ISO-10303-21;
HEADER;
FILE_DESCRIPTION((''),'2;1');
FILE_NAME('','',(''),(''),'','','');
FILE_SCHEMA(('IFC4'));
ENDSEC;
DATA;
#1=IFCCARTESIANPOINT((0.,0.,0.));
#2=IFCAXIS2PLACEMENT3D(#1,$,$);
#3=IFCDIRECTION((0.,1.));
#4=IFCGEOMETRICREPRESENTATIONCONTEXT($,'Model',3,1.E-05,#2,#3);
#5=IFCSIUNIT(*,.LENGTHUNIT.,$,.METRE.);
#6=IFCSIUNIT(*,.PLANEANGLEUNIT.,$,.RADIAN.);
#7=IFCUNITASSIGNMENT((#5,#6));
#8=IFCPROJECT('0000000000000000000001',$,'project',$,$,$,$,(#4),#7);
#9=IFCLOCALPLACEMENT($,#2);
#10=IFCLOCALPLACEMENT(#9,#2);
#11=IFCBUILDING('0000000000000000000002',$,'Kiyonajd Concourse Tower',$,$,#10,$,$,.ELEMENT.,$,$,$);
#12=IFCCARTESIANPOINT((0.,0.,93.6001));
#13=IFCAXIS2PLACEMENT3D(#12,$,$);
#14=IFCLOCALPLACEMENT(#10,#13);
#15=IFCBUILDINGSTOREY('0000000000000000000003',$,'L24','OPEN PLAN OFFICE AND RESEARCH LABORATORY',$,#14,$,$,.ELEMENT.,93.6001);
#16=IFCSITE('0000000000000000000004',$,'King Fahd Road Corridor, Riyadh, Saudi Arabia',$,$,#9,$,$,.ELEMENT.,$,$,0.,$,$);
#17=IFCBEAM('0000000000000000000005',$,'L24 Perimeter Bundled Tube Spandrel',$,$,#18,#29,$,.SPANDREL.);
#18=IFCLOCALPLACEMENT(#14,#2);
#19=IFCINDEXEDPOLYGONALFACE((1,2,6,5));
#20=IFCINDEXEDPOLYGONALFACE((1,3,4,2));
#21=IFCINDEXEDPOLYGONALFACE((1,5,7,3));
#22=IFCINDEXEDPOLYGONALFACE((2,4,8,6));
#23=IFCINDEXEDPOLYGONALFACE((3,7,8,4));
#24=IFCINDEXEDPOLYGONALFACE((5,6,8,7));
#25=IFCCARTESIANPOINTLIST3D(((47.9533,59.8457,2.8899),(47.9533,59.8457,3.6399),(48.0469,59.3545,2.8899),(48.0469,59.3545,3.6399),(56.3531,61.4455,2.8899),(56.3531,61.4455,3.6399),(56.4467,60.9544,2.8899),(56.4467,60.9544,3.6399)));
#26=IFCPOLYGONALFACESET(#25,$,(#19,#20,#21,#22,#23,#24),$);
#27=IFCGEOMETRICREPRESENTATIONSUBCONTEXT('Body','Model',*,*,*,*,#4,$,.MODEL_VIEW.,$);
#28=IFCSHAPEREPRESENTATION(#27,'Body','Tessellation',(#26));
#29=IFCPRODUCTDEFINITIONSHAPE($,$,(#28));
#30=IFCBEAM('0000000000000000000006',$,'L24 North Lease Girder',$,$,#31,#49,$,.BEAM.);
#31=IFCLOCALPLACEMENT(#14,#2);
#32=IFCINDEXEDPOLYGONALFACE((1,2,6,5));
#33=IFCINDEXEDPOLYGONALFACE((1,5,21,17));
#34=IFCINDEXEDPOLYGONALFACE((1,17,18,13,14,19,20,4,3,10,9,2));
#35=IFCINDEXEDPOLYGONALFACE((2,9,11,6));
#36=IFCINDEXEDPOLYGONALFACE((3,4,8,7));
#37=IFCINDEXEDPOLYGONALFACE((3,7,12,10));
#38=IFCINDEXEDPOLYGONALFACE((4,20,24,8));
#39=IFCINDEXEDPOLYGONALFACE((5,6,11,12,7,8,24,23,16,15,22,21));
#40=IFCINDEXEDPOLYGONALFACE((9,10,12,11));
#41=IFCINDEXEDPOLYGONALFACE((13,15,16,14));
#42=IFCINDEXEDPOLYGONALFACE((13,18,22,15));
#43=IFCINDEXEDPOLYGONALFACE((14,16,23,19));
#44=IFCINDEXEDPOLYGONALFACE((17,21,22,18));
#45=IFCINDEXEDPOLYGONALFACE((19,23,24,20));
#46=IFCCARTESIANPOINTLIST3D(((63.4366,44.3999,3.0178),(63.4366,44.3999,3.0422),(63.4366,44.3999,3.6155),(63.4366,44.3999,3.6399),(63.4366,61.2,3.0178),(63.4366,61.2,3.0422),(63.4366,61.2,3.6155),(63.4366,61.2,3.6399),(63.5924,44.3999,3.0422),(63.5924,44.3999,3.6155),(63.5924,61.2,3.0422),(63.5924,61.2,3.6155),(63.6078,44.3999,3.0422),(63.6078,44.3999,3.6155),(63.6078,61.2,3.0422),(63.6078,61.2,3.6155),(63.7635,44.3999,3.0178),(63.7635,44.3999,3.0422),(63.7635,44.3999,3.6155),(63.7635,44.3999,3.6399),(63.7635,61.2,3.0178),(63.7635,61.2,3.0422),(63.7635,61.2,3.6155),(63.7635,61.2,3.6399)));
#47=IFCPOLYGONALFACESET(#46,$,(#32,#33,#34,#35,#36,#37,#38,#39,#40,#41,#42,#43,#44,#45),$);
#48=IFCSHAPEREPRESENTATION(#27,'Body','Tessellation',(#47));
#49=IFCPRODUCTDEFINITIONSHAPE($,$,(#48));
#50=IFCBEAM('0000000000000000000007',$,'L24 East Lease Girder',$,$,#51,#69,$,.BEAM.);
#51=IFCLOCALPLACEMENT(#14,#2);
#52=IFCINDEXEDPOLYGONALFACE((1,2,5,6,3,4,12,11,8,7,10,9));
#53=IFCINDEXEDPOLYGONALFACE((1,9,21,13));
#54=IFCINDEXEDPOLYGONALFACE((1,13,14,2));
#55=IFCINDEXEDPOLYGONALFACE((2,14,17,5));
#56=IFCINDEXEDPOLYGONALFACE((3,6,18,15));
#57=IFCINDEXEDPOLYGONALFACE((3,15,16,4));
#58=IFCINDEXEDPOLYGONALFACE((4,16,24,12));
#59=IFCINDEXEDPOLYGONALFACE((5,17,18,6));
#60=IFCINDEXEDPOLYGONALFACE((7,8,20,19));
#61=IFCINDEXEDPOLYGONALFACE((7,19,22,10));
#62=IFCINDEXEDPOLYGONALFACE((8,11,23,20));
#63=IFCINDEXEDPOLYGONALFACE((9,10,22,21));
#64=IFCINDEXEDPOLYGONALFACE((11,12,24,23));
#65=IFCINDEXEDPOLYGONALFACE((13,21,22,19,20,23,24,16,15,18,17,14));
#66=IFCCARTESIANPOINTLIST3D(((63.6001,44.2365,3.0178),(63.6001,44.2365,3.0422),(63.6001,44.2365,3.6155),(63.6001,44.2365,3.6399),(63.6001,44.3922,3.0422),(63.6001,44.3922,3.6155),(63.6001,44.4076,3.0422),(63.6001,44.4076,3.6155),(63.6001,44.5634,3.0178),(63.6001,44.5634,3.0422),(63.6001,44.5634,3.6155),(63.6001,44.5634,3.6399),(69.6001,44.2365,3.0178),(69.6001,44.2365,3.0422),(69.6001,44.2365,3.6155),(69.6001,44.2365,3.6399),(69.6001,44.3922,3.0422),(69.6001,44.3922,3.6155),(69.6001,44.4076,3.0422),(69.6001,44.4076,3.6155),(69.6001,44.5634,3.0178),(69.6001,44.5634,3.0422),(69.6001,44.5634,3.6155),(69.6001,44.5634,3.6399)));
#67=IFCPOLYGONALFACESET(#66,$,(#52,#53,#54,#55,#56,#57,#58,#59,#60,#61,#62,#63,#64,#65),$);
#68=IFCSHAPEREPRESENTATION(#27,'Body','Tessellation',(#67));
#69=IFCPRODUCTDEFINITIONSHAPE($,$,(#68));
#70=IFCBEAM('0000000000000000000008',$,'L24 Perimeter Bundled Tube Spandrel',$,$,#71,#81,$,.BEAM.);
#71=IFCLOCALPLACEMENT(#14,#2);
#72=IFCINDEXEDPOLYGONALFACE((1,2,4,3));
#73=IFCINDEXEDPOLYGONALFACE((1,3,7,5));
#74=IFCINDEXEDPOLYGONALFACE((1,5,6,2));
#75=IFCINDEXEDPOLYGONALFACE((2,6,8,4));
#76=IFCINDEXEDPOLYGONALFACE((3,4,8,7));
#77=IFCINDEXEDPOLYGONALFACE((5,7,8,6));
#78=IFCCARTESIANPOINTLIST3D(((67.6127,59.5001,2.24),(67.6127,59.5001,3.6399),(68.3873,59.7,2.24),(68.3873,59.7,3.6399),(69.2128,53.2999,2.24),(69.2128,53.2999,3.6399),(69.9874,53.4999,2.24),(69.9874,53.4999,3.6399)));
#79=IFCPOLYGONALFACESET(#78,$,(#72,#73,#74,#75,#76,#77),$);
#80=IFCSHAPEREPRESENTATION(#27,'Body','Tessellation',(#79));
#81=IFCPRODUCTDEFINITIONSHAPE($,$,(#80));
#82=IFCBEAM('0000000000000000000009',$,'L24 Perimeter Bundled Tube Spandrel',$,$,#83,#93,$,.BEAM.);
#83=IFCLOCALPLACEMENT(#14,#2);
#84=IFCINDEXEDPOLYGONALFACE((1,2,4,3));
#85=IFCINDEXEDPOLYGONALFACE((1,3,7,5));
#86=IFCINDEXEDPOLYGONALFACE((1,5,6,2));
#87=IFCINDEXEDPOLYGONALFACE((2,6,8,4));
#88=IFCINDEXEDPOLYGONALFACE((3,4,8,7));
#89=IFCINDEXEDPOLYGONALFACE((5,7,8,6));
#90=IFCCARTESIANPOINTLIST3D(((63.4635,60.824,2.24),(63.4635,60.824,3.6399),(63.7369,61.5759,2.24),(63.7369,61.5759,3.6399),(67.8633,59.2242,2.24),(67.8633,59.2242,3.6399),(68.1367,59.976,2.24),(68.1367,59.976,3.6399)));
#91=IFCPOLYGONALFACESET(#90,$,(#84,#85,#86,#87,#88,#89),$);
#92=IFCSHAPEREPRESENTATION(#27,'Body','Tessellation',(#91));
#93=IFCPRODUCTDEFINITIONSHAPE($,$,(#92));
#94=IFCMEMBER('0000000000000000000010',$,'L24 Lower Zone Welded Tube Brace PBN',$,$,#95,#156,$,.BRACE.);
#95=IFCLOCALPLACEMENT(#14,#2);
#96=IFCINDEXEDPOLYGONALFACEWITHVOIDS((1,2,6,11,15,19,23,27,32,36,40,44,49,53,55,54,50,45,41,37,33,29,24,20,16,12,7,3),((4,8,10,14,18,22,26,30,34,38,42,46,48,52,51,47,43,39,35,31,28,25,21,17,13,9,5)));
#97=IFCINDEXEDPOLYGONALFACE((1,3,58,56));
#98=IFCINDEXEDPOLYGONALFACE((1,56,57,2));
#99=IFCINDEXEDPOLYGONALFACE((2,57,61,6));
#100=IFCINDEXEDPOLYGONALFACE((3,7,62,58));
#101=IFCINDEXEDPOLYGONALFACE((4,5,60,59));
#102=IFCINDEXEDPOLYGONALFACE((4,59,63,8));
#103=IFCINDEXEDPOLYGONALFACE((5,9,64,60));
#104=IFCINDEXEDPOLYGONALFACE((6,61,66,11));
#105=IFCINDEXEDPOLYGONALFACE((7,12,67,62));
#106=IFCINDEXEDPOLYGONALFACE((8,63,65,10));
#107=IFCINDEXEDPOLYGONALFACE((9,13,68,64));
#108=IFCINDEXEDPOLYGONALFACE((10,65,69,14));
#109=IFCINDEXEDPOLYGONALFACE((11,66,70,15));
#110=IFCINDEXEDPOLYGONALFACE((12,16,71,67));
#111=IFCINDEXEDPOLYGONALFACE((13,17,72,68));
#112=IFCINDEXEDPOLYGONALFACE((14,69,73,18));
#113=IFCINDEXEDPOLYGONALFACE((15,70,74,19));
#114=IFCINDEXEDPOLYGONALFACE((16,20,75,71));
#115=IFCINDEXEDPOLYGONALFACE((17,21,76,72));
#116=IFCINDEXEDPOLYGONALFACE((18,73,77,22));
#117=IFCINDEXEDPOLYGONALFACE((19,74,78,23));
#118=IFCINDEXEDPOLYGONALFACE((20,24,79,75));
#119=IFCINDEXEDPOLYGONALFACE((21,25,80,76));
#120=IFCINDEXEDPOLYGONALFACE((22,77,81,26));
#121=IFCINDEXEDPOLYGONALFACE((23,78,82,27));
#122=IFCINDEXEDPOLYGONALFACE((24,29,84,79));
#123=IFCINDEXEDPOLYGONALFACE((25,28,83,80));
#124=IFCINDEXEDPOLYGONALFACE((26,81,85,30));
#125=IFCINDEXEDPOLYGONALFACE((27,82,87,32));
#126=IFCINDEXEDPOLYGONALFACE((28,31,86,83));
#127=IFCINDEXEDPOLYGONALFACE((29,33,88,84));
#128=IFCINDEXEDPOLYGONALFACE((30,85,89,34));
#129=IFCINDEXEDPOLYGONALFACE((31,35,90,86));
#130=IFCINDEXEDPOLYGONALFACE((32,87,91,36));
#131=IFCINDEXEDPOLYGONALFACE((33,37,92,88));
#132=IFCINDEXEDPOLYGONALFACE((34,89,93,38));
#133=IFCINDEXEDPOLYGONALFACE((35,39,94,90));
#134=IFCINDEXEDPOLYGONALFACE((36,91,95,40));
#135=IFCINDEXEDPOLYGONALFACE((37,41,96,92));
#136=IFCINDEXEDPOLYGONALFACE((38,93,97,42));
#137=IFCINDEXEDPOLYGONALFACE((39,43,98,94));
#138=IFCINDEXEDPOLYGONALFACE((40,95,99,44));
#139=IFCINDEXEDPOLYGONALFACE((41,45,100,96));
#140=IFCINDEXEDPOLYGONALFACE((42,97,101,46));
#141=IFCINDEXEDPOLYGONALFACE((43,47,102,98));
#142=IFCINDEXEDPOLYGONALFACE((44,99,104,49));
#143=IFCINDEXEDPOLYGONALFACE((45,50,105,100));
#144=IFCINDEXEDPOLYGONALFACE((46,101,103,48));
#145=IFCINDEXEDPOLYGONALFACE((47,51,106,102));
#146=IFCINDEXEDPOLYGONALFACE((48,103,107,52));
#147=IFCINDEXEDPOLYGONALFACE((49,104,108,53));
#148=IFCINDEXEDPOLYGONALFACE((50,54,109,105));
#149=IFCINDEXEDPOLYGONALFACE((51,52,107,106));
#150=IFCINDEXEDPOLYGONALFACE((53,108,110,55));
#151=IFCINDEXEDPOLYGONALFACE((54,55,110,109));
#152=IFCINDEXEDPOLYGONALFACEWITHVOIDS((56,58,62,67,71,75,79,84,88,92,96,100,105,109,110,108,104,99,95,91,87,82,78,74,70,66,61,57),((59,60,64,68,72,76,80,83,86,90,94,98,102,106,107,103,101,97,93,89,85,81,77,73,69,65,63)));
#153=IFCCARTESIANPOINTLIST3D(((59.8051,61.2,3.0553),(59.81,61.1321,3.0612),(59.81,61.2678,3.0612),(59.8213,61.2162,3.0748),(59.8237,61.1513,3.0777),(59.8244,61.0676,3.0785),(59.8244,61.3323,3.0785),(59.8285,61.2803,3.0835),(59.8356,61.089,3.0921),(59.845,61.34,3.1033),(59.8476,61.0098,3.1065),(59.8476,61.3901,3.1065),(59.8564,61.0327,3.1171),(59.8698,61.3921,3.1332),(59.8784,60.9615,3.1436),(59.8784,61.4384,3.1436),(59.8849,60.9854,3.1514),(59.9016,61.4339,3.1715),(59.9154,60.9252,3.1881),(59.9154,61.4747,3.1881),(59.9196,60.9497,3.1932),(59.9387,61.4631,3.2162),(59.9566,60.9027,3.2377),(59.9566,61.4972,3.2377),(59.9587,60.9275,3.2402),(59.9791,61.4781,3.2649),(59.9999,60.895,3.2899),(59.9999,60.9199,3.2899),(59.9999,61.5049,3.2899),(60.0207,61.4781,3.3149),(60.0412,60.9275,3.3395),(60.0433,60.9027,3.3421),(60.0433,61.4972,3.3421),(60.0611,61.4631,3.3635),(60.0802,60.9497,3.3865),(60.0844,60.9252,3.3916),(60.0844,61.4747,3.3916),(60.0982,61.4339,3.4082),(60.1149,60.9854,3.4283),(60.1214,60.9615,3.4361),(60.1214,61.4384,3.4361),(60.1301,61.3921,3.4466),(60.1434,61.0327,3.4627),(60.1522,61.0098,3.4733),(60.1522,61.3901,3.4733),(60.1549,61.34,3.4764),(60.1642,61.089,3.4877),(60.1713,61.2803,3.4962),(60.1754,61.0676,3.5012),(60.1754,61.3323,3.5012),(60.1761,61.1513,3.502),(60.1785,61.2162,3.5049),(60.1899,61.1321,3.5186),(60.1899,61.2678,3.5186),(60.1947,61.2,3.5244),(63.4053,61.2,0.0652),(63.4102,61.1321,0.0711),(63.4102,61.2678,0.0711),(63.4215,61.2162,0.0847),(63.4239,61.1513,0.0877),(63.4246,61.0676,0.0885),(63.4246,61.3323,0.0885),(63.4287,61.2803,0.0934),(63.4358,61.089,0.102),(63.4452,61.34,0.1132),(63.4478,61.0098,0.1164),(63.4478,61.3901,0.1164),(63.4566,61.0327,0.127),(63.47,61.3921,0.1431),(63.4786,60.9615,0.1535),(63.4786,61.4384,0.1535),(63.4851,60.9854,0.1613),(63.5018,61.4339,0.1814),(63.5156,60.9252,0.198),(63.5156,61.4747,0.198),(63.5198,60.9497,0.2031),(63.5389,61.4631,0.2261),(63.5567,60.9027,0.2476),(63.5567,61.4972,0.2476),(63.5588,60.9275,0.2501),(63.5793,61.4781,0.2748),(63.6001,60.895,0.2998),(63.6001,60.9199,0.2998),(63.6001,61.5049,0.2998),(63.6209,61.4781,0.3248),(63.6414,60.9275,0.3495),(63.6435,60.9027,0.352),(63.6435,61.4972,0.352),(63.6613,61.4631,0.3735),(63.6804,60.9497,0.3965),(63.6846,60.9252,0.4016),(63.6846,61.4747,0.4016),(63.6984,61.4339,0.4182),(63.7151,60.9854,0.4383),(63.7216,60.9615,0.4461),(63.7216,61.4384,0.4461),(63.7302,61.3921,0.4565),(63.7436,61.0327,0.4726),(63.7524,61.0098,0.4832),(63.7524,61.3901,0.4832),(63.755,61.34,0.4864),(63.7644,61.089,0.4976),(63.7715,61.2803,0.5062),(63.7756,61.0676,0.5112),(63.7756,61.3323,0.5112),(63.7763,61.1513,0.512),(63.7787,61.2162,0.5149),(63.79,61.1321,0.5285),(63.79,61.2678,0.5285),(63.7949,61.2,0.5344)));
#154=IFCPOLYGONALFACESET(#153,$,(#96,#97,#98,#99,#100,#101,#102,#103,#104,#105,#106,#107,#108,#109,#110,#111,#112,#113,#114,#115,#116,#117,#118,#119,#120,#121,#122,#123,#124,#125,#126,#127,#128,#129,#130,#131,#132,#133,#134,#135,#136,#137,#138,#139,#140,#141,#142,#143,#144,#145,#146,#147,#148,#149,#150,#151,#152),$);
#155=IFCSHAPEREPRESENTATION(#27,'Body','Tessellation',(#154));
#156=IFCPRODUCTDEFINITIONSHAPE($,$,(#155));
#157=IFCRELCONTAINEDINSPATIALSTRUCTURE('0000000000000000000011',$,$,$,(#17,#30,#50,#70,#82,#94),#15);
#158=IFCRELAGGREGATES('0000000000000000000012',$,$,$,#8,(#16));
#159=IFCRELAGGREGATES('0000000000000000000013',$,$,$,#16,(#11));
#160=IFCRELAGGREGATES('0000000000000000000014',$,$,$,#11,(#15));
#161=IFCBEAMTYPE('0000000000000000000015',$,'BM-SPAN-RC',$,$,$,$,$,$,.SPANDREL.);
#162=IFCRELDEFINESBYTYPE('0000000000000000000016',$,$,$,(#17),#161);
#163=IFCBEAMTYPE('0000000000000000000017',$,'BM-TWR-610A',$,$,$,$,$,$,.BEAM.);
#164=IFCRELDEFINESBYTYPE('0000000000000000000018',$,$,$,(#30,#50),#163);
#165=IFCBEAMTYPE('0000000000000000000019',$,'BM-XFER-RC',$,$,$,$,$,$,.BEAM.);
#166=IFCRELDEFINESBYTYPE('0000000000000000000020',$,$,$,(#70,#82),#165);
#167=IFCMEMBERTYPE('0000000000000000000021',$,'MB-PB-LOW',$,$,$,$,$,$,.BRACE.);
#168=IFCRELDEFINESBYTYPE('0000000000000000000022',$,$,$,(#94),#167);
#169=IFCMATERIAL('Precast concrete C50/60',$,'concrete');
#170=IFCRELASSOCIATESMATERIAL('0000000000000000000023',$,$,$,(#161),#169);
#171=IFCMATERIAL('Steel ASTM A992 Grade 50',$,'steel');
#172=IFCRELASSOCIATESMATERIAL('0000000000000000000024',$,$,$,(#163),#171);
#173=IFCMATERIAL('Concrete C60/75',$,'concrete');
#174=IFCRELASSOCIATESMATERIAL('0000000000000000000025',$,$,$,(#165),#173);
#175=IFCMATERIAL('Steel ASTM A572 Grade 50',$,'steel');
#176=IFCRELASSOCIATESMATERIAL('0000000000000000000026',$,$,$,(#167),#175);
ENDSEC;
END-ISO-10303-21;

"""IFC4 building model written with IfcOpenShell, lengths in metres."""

from ifc_helpers import new_model, si_unit, direction, frame, origin, origin_2d, place, context, subcontext, project, spatial, rectangle, hollow_circle, i_section, extrude, material, material_profile, profile_set, type_object, element, save


model = new_model("IFC4")

# Units and contexts
model_context = context("Model", 3, precision=1e-05, world=origin(), true_north=direction((0.0, 1.0)))
body_context = subcontext(model_context, "Body", "Model", "MODEL_VIEW")
ifc_project = project(units=[si_unit("LENGTHUNIT", "METRE"), si_unit("PLANEANGLEUNIT", "RADIAN")], contexts=[model_context])

# Site, building, storey
site_placement = place(None, origin())
site = spatial("IfcSite", under=ifc_project, at=site_placement, Name="King Fahd Road Corridor, Riyadh, Saudi Arabia", CompositionType="ELEMENT", RefElevation=0.0)
building_placement = place(site_placement, origin())
building = spatial("IfcBuilding", under=site, at=building_placement, Name="Kiyonajd Concourse Tower", CompositionType="ELEMENT")
storey_placement = place(building_placement, frame((0.0, 0.0, 93.6001)))
storey = spatial("IfcBuildingStorey", under=building, at=storey_placement, Name="L24", Description="OPEN PLAN OFFICE AND RESEARCH LABORATORY", CompositionType="ELEMENT", Elevation=93.6001)

# Beams
ifc_material_1 = material(Name="Steel ASTM A992 Grade 50", Category="steel")
ifc_material_2 = material(Name="Precast concrete C50/60", Category="concrete")
ifc_material_profile_1 = material_profile(ifc_material_2, rectangle(XDim=0.5, YDim=0.75, at=origin_2d()), Name="RCBM-500x750")
ifc_profile_set_1 = profile_set([ifc_material_profile_1], Name="Precast concrete C50/60")
beam_type_1 = type_object("IfcBeamType", Name="BM-SPAN-RC", PredefinedType="SPANDREL", material=ifc_profile_set_1)
beam_1_placement = place(storey_placement, frame((56.3999, 61.2, 3.2649), z_axis=(-0.982341, -0.187098, 0.0), x_axis=(0.187098, -0.982341, 0.0)))
element("IfcBeam", 1, at=beam_1_placement, inside=storey, type_object=beam_type_1, Name="L24 Perimeter Bundled Tube Spandrel", PredefinedType="SPANDREL", context=body_context, shape_type="SweptSolid", body=[
    extrude(rectangle(XDim=0.5, YDim=0.75, at=origin_2d()), origin(), (0.0, 0.0, 1.0), 8.5508),
])
ifc_material_profile_2 = material_profile(ifc_material_1, i_section(OverallWidth=0.3269, OverallDepth=0.6221, WebThickness=0.0154, FlangeThickness=0.0244, at=origin_2d()), Name="W610X195")
ifc_profile_set_2 = profile_set([ifc_material_profile_2], Name="Steel ASTM A992 Grade 50")
beam_type_2 = type_object("IfcBeamType", Name="BM-TWR-610A", PredefinedType="BEAM", material=ifc_profile_set_2)
beam_2_placement = place(storey_placement, frame((63.6001, 44.3999, 3.3289), z_axis=(0.0, 1.0, 0.0), x_axis=(-1.0, 0.0, 0.0)))
element("IfcBeam", 2, at=beam_2_placement, inside=storey, type_object=beam_type_2, Name="L24 North Lease Girder", PredefinedType="BEAM", context=body_context, shape_type="SweptSolid", body=[
    extrude(i_section(OverallWidth=0.3269, OverallDepth=0.6221, WebThickness=0.0154, FlangeThickness=0.0244, at=origin_2d()), origin(), (0.0, 0.0, 1.0), 16.8),
])
beam_3_placement = place(storey_placement, frame((63.6001, 44.3999, 3.3289), z_axis=(1.0, 0.0, 0.0), x_axis=(0.0, 1.0, 0.0)))
element("IfcBeam", 3, at=beam_3_placement, inside=storey, type_object=beam_type_2, Name="L24 East Lease Girder", PredefinedType="BEAM", context=body_context, shape_type="SweptSolid", body=[
    extrude(i_section(OverallWidth=0.3269, OverallDepth=0.6221, WebThickness=0.0154, FlangeThickness=0.0244, at=origin_2d()), origin(), (0.0, 0.0, 1.0), 6.0),
])
ifc_material_3 = material(Name="Concrete C60/75", Category="concrete")
ifc_material_profile_3 = material_profile(ifc_material_3, rectangle(XDim=0.8, YDim=1.3999, at=origin_2d()), Name="RCBM-800x1400")
ifc_profile_set_3 = profile_set([ifc_material_profile_3], Name="Concrete C60/75")
beam_type_3 = type_object("IfcBeamType", Name="BM-XFER-RC", PredefinedType="BEAM", material=ifc_profile_set_3)
beam_4_placement = place(storey_placement, frame((69.6001, 53.3999, 2.9399), z_axis=(-0.249885, 0.968276, 0.0), x_axis=(-0.968276, -0.249885, 0.0)))
element("IfcBeam", 4, at=beam_4_placement, inside=storey, type_object=beam_type_3, Name="L24 Perimeter Bundled Tube Spandrel", PredefinedType="BEAM", context=body_context, shape_type="SweptSolid", body=[
    extrude(rectangle(XDim=0.8, YDim=1.3999, at=origin_2d()), origin(), (0.0, 0.0, 1.0), 6.4033),
])
beam_5_placement = place(storey_placement, frame((68.0, 59.6001, 2.9399), z_axis=(-0.939801, 0.341722, 0.0), x_axis=(-0.341722, -0.939801, 0.0)))
element("IfcBeam", 5, at=beam_5_placement, inside=storey, type_object=beam_type_3, Name="L24 Perimeter Bundled Tube Spandrel", PredefinedType="BEAM", context=body_context, shape_type="SweptSolid", body=[
    extrude(rectangle(XDim=0.8, YDim=1.3999, at=origin_2d()), origin(), (0.0, 0.0, 1.0), 4.6816),
])

# Member
ifc_material_4 = material(Name="Steel ASTM A572 Grade 50", Category="steel")
ifc_material_profile_4 = material_profile(ifc_material_4, hollow_circle(Radius=0.3049, WallThickness=0.0249, at=origin_2d()), Name="CHS-610x25")
ifc_profile_set_4 = profile_set([ifc_material_profile_4], Name="Steel ASTM A572 Grade 50")
member_type = type_object("IfcMemberType", Name="MB-PB-LOW", PredefinedType="BRACE", material=ifc_profile_set_4)
member_1_placement = place(storey_placement, frame((63.6001, 61.2, 0.2998), z_axis=(-0.769281, 0.0, 0.638911), x_axis=(0.0, -1.0, 0.0)))
element("IfcMember", 6, at=member_1_placement, inside=storey, type_object=member_type, Name="L24 Lower Zone Welded Tube Brace PBN", PredefinedType="BRACE", context=body_context, shape_type="SweptSolid", body=[
    extrude(hollow_circle(Radius=0.3049, WallThickness=0.0249, at=origin_2d()), origin(), (0.0, 0.0, 1.0), 4.6799),
])

save(model, "model.ifc")
